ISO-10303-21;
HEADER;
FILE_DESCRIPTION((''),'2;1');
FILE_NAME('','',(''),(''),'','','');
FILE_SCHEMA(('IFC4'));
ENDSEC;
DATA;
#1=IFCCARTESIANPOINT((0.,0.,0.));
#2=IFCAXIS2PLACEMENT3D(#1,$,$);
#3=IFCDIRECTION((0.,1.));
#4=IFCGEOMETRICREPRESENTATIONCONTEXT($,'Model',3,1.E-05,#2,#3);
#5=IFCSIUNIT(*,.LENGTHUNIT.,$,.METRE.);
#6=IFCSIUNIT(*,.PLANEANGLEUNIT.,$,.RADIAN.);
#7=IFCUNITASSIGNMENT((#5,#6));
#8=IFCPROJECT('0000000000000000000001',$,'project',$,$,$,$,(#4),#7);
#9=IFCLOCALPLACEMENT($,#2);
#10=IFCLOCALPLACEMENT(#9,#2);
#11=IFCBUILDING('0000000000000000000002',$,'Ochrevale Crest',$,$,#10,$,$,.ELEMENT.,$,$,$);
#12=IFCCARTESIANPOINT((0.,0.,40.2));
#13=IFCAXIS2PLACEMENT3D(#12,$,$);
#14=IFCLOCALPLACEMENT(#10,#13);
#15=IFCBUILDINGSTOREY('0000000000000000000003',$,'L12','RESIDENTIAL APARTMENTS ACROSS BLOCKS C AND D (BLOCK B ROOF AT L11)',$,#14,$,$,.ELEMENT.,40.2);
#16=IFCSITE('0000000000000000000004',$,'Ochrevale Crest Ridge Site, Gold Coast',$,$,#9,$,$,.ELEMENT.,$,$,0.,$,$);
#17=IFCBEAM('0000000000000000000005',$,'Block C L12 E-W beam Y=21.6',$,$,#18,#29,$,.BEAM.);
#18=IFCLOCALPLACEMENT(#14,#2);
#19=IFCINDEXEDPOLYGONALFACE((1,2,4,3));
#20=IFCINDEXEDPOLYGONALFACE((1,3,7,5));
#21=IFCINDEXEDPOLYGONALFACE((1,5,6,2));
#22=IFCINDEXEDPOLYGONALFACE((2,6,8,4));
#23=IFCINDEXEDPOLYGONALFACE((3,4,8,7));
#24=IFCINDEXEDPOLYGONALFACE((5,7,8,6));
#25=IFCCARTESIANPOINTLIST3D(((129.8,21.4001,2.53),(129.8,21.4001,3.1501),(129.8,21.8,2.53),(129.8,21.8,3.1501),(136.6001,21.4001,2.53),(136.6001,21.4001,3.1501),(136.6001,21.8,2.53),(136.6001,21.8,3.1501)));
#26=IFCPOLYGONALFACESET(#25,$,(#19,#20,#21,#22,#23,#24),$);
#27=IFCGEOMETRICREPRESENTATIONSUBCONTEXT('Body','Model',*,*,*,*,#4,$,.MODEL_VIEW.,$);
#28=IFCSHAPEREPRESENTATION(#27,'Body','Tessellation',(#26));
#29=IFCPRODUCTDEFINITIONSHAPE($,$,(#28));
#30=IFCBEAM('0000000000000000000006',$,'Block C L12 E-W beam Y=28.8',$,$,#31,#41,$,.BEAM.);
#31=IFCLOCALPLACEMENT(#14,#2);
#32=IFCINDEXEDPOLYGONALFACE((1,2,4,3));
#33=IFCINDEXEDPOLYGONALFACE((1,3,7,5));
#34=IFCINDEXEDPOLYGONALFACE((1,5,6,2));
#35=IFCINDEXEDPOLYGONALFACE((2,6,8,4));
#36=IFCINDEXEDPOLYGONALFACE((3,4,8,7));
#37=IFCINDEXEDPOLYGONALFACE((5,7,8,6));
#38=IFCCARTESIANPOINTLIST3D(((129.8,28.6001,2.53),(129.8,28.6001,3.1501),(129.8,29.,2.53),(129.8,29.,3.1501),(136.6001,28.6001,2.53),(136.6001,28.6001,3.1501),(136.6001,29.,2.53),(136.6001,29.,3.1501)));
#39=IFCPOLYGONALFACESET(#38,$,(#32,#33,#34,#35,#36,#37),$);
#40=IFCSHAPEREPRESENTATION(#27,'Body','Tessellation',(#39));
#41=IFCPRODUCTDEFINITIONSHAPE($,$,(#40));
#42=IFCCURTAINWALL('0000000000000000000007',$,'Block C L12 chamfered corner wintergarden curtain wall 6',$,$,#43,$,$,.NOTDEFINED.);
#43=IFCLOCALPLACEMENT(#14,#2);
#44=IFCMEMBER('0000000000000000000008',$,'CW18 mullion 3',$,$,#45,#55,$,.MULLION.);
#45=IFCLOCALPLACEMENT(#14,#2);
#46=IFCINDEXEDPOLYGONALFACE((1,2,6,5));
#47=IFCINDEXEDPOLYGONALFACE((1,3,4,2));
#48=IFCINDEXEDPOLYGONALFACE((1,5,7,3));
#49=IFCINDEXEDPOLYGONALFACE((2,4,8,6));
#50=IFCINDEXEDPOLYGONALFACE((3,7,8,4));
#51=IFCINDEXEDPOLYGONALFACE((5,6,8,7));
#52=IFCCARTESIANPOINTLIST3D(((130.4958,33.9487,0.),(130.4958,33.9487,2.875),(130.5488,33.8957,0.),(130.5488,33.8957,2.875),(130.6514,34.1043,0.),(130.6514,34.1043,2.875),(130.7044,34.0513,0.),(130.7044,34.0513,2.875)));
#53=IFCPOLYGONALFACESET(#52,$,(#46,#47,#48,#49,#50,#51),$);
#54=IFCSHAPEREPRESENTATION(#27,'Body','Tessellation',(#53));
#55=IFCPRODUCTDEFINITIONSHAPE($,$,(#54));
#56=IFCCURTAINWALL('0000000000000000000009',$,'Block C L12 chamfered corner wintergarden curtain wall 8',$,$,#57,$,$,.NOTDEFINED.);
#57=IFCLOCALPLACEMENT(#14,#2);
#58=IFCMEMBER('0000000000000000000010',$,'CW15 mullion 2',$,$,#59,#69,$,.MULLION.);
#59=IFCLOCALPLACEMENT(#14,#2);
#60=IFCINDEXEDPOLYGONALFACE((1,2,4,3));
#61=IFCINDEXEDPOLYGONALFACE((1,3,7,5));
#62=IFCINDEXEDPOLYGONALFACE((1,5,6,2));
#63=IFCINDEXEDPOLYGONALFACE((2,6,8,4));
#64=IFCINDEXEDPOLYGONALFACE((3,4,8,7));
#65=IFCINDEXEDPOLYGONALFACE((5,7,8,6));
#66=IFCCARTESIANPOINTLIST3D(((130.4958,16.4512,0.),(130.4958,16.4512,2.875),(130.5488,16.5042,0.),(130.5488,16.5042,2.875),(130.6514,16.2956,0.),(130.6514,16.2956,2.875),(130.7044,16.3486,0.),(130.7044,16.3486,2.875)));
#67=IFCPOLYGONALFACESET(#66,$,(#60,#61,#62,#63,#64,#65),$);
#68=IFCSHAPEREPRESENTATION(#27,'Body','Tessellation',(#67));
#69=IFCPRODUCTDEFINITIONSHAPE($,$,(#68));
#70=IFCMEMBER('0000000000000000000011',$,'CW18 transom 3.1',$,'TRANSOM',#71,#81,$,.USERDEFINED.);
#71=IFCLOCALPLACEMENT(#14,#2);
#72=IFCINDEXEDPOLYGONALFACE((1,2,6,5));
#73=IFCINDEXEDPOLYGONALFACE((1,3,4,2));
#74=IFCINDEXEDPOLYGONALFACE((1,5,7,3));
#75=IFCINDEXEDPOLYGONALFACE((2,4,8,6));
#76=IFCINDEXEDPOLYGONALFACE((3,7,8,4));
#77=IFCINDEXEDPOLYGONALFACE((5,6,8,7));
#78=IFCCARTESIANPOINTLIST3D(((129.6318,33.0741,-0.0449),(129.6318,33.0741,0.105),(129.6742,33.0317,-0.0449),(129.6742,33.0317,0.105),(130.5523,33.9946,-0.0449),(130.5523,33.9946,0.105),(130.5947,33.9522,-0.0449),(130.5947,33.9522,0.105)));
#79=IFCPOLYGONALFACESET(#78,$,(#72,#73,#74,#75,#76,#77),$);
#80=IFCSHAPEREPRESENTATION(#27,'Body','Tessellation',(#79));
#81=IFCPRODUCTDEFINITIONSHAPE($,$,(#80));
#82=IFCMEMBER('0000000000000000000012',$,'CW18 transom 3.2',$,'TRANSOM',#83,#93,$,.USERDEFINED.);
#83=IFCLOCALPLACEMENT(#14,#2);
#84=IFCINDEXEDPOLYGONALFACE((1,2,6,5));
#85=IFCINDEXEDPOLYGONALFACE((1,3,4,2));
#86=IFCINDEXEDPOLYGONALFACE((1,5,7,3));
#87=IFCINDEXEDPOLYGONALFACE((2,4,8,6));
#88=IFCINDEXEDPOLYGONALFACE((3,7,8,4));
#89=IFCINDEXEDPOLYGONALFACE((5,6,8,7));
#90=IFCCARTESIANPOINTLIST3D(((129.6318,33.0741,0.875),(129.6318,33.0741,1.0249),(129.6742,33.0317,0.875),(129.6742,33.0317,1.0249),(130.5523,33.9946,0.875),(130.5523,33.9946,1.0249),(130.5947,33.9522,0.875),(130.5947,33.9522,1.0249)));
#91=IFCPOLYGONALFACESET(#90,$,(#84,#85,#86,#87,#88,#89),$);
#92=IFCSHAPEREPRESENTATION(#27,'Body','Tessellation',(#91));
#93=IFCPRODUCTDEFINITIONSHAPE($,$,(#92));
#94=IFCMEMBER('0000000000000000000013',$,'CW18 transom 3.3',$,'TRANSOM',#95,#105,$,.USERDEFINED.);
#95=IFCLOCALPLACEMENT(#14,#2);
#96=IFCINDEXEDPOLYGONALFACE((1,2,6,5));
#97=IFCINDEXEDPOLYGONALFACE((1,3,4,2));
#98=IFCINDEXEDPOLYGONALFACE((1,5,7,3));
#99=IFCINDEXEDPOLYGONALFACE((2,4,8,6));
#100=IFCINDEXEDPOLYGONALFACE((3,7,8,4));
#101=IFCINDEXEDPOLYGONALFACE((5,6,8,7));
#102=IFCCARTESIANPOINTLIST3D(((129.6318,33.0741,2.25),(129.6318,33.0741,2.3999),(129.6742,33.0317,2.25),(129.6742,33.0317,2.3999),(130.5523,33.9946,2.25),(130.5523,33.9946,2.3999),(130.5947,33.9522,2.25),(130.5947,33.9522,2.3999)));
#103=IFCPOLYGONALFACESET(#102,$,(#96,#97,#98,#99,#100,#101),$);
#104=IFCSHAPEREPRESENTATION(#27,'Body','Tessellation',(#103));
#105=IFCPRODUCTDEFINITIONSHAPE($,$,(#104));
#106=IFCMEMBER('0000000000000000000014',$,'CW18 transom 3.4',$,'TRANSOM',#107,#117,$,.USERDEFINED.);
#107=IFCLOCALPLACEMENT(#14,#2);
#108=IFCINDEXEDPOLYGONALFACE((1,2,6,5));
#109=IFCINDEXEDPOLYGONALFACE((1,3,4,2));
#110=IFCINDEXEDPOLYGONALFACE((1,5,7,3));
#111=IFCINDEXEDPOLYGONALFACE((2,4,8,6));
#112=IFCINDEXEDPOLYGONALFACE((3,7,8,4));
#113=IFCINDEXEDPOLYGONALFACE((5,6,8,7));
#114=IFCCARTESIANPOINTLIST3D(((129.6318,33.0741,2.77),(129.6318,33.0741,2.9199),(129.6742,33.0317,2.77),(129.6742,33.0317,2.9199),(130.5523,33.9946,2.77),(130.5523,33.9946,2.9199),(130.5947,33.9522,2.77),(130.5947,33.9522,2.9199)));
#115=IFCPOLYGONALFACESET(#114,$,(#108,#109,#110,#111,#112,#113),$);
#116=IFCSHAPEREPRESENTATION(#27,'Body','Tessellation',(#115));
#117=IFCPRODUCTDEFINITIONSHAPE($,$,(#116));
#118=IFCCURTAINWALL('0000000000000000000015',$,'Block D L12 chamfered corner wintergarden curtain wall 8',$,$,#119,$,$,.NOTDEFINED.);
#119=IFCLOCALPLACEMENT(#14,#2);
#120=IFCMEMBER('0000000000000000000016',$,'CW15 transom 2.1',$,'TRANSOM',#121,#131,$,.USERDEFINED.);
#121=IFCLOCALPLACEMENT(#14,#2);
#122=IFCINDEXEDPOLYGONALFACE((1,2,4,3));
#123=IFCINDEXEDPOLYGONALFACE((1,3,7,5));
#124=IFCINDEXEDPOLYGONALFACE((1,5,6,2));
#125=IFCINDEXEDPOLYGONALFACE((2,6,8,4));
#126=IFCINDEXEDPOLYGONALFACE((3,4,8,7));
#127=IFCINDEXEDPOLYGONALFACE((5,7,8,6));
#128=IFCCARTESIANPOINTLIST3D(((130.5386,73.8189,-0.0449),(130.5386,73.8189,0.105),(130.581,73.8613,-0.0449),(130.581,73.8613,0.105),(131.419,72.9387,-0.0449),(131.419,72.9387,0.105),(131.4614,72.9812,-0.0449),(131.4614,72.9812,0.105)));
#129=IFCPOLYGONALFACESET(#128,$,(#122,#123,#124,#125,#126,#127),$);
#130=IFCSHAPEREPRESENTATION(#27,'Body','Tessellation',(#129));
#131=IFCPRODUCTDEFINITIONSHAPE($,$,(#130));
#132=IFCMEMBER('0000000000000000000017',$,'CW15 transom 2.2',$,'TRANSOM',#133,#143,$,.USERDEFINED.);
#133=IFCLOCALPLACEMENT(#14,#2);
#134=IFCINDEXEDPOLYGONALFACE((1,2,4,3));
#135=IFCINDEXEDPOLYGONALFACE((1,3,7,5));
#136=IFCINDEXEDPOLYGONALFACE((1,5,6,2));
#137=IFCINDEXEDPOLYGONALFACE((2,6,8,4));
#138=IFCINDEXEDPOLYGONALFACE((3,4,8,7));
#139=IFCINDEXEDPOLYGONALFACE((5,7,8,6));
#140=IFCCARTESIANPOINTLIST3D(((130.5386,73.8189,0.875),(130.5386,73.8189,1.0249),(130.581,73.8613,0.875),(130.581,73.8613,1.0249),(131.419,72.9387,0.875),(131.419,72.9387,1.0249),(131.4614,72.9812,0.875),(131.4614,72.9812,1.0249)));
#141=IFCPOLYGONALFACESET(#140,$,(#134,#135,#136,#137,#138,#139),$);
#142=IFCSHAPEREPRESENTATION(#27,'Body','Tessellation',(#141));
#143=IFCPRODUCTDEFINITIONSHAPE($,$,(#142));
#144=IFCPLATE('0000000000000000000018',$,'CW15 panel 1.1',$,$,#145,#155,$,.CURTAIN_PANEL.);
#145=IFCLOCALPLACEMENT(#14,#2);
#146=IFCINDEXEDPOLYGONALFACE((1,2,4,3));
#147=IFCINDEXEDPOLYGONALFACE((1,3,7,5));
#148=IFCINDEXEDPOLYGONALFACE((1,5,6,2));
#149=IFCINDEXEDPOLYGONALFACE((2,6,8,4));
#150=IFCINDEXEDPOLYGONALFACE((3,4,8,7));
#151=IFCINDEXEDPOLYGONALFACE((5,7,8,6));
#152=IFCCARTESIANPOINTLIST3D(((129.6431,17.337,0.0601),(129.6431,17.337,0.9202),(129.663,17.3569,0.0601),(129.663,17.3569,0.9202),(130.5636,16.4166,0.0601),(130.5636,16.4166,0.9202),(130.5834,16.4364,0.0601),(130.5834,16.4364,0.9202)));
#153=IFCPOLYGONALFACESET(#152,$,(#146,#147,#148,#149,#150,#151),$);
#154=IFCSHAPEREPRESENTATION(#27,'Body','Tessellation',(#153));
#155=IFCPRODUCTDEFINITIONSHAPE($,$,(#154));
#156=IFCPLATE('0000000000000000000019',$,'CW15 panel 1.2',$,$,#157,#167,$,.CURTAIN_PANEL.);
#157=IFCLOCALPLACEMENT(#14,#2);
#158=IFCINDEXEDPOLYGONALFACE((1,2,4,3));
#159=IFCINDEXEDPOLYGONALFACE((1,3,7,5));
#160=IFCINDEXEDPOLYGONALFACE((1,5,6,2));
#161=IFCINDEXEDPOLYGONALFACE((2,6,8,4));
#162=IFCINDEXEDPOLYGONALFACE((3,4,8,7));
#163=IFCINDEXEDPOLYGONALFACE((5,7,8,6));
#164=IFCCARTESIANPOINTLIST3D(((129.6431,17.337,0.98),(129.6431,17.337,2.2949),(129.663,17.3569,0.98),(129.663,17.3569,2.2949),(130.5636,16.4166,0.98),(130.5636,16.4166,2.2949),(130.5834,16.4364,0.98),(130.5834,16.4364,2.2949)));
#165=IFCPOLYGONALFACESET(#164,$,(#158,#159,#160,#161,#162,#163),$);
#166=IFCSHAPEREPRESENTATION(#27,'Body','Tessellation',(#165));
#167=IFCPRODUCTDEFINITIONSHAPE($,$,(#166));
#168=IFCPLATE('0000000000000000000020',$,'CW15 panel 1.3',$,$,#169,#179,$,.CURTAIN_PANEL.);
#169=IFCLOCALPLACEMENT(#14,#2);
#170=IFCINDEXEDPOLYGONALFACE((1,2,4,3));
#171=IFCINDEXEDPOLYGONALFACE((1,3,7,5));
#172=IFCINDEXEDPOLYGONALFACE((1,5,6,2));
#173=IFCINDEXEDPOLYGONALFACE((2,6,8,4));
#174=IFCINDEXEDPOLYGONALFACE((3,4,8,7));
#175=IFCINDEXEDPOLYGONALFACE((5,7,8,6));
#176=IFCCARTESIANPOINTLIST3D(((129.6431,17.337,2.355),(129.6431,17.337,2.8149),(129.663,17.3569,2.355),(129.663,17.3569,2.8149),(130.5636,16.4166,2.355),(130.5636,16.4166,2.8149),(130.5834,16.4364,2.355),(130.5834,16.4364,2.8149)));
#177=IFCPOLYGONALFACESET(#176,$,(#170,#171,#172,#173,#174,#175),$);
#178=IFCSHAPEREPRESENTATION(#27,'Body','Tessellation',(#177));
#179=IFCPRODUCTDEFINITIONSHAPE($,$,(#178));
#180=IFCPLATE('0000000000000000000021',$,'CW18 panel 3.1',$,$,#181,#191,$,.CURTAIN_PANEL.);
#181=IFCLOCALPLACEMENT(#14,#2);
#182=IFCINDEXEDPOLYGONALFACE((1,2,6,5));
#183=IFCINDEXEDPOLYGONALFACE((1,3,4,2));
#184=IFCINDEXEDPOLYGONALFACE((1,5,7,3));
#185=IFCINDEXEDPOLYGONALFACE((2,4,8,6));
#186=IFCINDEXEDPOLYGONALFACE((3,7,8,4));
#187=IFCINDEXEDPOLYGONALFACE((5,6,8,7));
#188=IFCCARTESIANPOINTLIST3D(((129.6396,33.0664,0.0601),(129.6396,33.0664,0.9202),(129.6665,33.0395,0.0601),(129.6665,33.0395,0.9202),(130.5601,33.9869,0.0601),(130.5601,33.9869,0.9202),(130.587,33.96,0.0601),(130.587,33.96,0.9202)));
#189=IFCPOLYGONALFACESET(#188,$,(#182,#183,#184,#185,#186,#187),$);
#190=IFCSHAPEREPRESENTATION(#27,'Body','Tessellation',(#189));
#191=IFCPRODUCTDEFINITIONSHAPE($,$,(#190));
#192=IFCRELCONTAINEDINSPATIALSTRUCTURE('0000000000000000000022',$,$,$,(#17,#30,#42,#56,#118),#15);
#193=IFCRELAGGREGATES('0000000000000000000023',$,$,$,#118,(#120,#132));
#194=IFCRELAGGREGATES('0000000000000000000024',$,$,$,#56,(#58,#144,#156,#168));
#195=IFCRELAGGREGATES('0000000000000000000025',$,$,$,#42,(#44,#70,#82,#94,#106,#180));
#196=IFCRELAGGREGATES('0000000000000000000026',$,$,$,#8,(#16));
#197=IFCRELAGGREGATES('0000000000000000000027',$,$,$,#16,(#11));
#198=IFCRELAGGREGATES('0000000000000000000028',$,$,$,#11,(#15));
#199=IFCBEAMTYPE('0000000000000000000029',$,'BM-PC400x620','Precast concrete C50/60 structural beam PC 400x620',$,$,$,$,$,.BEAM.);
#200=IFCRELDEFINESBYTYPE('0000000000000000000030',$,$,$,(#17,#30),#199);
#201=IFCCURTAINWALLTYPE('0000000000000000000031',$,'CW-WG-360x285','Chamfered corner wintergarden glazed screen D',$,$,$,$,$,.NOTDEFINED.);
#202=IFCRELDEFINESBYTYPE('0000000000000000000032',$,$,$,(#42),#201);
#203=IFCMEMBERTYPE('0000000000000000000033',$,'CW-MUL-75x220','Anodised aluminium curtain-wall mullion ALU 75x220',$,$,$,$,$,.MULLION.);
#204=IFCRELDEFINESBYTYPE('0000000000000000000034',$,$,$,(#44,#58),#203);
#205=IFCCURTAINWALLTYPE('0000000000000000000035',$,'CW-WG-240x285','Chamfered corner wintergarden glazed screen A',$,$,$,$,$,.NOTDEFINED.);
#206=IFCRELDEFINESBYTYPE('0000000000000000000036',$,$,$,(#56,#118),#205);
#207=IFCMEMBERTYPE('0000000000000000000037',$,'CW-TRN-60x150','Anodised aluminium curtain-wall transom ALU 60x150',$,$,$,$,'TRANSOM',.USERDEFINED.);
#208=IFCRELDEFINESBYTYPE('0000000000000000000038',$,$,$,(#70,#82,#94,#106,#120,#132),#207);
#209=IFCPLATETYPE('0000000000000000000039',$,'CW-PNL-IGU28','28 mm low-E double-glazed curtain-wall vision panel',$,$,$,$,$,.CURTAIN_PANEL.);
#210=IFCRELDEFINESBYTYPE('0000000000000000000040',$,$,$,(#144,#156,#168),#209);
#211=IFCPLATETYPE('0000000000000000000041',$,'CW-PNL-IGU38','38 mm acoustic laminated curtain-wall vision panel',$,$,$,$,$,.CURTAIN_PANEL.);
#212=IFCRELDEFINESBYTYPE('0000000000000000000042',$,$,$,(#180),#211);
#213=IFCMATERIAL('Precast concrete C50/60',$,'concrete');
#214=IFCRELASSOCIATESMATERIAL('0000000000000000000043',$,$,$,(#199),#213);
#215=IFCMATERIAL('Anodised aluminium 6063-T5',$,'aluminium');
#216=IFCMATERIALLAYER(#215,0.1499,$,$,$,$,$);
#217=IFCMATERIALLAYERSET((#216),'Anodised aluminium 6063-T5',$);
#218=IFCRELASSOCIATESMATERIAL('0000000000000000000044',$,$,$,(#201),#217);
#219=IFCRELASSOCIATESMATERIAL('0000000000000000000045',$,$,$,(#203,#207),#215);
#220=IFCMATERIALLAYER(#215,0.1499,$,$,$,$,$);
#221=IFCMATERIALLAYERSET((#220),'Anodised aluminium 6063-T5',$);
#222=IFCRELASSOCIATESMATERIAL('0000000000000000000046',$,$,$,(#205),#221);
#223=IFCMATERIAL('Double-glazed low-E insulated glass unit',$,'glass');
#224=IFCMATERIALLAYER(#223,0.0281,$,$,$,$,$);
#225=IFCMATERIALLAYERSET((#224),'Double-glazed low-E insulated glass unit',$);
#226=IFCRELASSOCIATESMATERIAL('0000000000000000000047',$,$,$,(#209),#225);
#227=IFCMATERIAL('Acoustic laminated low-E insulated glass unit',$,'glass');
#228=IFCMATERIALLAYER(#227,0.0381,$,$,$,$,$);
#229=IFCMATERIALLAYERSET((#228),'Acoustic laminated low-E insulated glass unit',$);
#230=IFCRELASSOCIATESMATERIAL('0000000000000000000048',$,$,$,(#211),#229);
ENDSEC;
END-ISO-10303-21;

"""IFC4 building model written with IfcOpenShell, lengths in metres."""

from ifc_helpers import new_model, si_unit, direction, frame, origin, origin_2d, place, context, subcontext, project, spatial, rectangle, extrude, material, layer, layer_set, material_profile, profile_set, type_object, element, aggregate, save


model = new_model("IFC4")

# Units and contexts
model_context = context("Model", 3, precision=1e-05, world=origin(), true_north=direction((0.0, 1.0)))
body_context = subcontext(model_context, "Body", "Model", "MODEL_VIEW")
ifc_project = project(units=[si_unit("LENGTHUNIT", "METRE"), si_unit("PLANEANGLEUNIT", "RADIAN")], contexts=[model_context])

# Site, building, storey
site_placement = place(None, origin())
site = spatial("IfcSite", under=ifc_project, at=site_placement, Name="Ochrevale Crest Ridge Site, Gold Coast", CompositionType="ELEMENT", RefElevation=0.0)
building_placement = place(site_placement, origin())
building = spatial("IfcBuilding", under=site, at=building_placement, Name="Ochrevale Crest", CompositionType="ELEMENT")
storey_placement = place(building_placement, frame((0.0, 0.0, 40.2)))
storey = spatial("IfcBuildingStorey", under=building, at=storey_placement, Name="L12", Description="RESIDENTIAL APARTMENTS ACROSS BLOCKS C AND D (BLOCK B ROOF AT L11)", CompositionType="ELEMENT", Elevation=40.2)

# Beams
ifc_material_1 = material(Name="Precast concrete C50/60", Category="concrete")
ifc_material_profile_1 = material_profile(ifc_material_1, rectangle(XDim=0.3999, YDim=0.6201, at=origin_2d()), Name="PC 400x620")
ifc_profile_set_1 = profile_set([ifc_material_profile_1], Name="Precast concrete C50/60")
beam_type = type_object("IfcBeamType", Name="BM-PC400x620", Description="Precast concrete C50/60 structural beam PC 400x620", PredefinedType="BEAM", material=ifc_profile_set_1)
for number, where, z_axis, x_axis, name in (
    (1, (129.8, 21.6001, 2.8401), (1.0, 0.0, 0.0), (0.0, 1.0, 0.0), "Block C L12 E-W beam Y=21.6"),
    (2, (129.8, 28.8, 2.8401), (1.0, 0.0, 0.0), (0.0, 1.0, 0.0), "Block C L12 E-W beam Y=28.8"),
):
    element("IfcBeam", number, at=place(storey_placement, frame(where, z_axis=z_axis, x_axis=x_axis)), inside=storey, type_object=beam_type, Name=name, PredefinedType="BEAM", context=body_context, shape_type="SweptSolid", body=[
        extrude(rectangle(XDim=0.3999, YDim=0.6201, at=origin_2d()), origin(), (0.0, 0.0, 1.0), 6.8),
    ])

# Curtain walls, members
ifc_material_2 = material(Name="Anodised aluminium 6063-T5", Category="aluminium")
ifc_layer_1 = layer(ifc_material_2, 0.1499)
ifc_layer_set_1 = layer_set([ifc_layer_1], Name="Anodised aluminium 6063-T5")
curtain_wall_type_1 = type_object("IfcCurtainWallType", Name="CW-WG-360x285", Description="Chamfered corner wintergarden glazed screen D", PredefinedType="NOTDEFINED", material=ifc_layer_set_1)
curtain_wall_1_placement = place(storey_placement, origin())
curtain_wall_1 = element("IfcCurtainWall", 3, at=curtain_wall_1_placement, inside=storey, type_object=curtain_wall_type_1, Name="Block C L12 chamfered corner wintergarden curtain wall 6", PredefinedType="NOTDEFINED")
ifc_material_profile_2 = material_profile(ifc_material_2, rectangle(XDim=0.075, YDim=0.22, at=origin_2d()), Name="ALU 75x220")
ifc_profile_set_2 = profile_set([ifc_material_profile_2], Name="Anodised aluminium 6063-T5")
member_type_1 = type_object("IfcMemberType", Name="CW-MUL-75x220", Description="Anodised aluminium curtain-wall mullion ALU 75x220", PredefinedType="MULLION", material=ifc_profile_set_2)
member_1_placement = place(storey_placement, frame((130.6001, 34.0, 0.0), z_axis=(0.0, 0.0, 1.0), x_axis=(0.707107, -0.707107, 0.0)))
member_1 = element("IfcMember", 4, at=member_1_placement, type_object=member_type_1, Name="CW18 mullion 3", PredefinedType="MULLION", context=body_context, shape_type="SweptSolid", body=[
    extrude(rectangle(XDim=0.075, YDim=0.22, at=origin_2d()), origin(), (0.0, 0.0, 1.0), 2.875),
])
ifc_layer_2 = layer(ifc_material_2, 0.1499)
ifc_layer_set_2 = layer_set([ifc_layer_2], Name="Anodised aluminium 6063-T5")
curtain_wall_type_2 = type_object("IfcCurtainWallType", Name="CW-WG-240x285", Description="Chamfered corner wintergarden glazed screen A", PredefinedType="NOTDEFINED", material=ifc_layer_set_2)
curtain_wall_2_placement = place(storey_placement, origin())
curtain_wall_2 = element("IfcCurtainWall", 5, at=curtain_wall_2_placement, inside=storey, type_object=curtain_wall_type_2, Name="Block C L12 chamfered corner wintergarden curtain wall 8", PredefinedType="NOTDEFINED")
member_2_placement = place(storey_placement, frame((130.6001, 16.3999, 0.0), z_axis=(0.0, 0.0, 1.0), x_axis=(0.707107, 0.707107, 0.0)))
member_2 = element("IfcMember", 6, at=member_2_placement, type_object=member_type_1, Name="CW15 mullion 2", PredefinedType="MULLION", context=body_context, shape_type="SweptSolid", body=[
    extrude(rectangle(XDim=0.075, YDim=0.22, at=origin_2d()), origin(), (0.0, 0.0, 1.0), 2.875),
])

# Members
ifc_material_profile_3 = material_profile(ifc_material_2, rectangle(XDim=0.0601, YDim=0.1499, at=origin_2d()), Name="ALU 60x150")
ifc_profile_set_3 = profile_set([ifc_material_profile_3], Name="Anodised aluminium 6063-T5")
member_type_2 = type_object("IfcMemberType", Name="CW-TRN-60x150", Description="Anodised aluminium curtain-wall transom ALU 60x150", ElementType="TRANSOM", PredefinedType="USERDEFINED", material=ifc_profile_set_3)
member_3_placement = place(storey_placement, frame((130.5735, 33.9734, 0.03), z_axis=(-0.707107, -0.707107, 0.0), x_axis=(0.707107, -0.707107, 0.0)))
member_3 = element("IfcMember", 7, at=member_3_placement, type_object=member_type_2, Name="CW18 transom 3.1", ObjectType="TRANSOM", PredefinedType="USERDEFINED", context=body_context, shape_type="SweptSolid", body=[
    extrude(rectangle(XDim=0.0601, YDim=0.1499, at=origin_2d()), origin(), (0.0, 0.0, 1.0), 1.3018),
])
member_4_placement = place(storey_placement, frame((130.5735, 33.9734, 0.95), z_axis=(-0.707107, -0.707107, 0.0), x_axis=(0.707107, -0.707107, 0.0)))
member_4 = element("IfcMember", 8, at=member_4_placement, type_object=member_type_2, Name="CW18 transom 3.2", ObjectType="TRANSOM", PredefinedType="USERDEFINED", context=body_context, shape_type="SweptSolid", body=[
    extrude(rectangle(XDim=0.0601, YDim=0.1499, at=origin_2d()), origin(), (0.0, 0.0, 1.0), 1.3018),
])
member_5_placement = place(storey_placement, frame((130.5735, 33.9734, 2.325), z_axis=(-0.707107, -0.707107, 0.0), x_axis=(0.707107, -0.707107, 0.0)))
member_5 = element("IfcMember", 9, at=member_5_placement, type_object=member_type_2, Name="CW18 transom 3.3", ObjectType="TRANSOM", PredefinedType="USERDEFINED", context=body_context, shape_type="SweptSolid", body=[
    extrude(rectangle(XDim=0.0601, YDim=0.1499, at=origin_2d()), origin(), (0.0, 0.0, 1.0), 1.3018),
])
member_6_placement = place(storey_placement, frame((130.5735, 33.9734, 2.845), z_axis=(-0.707107, -0.707107, 0.0), x_axis=(0.707107, -0.707107, 0.0)))
member_6 = element("IfcMember", 10, at=member_6_placement, type_object=member_type_2, Name="CW18 transom 3.4", ObjectType="TRANSOM", PredefinedType="USERDEFINED", context=body_context, shape_type="SweptSolid", body=[
    extrude(rectangle(XDim=0.0601, YDim=0.1499, at=origin_2d()), origin(), (0.0, 0.0, 1.0), 1.3018),
])

# Curtain wall, members
curtain_wall_3_placement = place(storey_placement, origin())
curtain_wall_3 = element("IfcCurtainWall", 11, at=curtain_wall_3_placement, inside=storey, type_object=curtain_wall_type_2, Name="Block D L12 chamfered corner wintergarden curtain wall 8", PredefinedType="NOTDEFINED")
member_7_placement = place(storey_placement, frame((130.5598, 73.8401, 0.03), z_axis=(0.707205, -0.707009, 0.0), x_axis=(0.707009, 0.707205, 0.0)))
member_7 = element("IfcMember", 12, at=member_7_placement, type_object=member_type_2, Name="CW15 transom 2.1", ObjectType="TRANSOM", PredefinedType="USERDEFINED", context=body_context, shape_type="SweptSolid", body=[
    extrude(rectangle(XDim=0.0601, YDim=0.1499, at=origin_2d()), origin(), (0.0, 0.0, 1.0), 1.2449),
])
member_8_placement = place(storey_placement, frame((130.5598, 73.8401, 0.95), z_axis=(0.707205, -0.707009, 0.0), x_axis=(0.707009, 0.707205, 0.0)))
member_8 = element("IfcMember", 13, at=member_8_placement, type_object=member_type_2, Name="CW15 transom 2.2", ObjectType="TRANSOM", PredefinedType="USERDEFINED", context=body_context, shape_type="SweptSolid", body=[
    extrude(rectangle(XDim=0.0601, YDim=0.1499, at=origin_2d()), origin(), (0.0, 0.0, 1.0), 1.2449),
])
aggregate(curtain_wall_3, [member_7, member_8])

# Plates
ifc_material_3 = material(Name="Double-glazed low-E insulated glass unit", Category="glass")
ifc_layer_3 = layer(ifc_material_3, 0.0281)
ifc_layer_set_3 = layer_set([ifc_layer_3], Name="Double-glazed low-E insulated glass unit")
plate_type_1 = type_object("IfcPlateType", Name="CW-PNL-IGU28", Description="28 mm low-E double-glazed curtain-wall vision panel", PredefinedType="CURTAIN_PANEL", material=ifc_layer_set_3)
plate_1_placement = place(storey_placement, frame((130.1133, 16.8867, 0.0601), z_axis=(0.0, 0.0, 1.0), x_axis=(0.707107, -0.707107, 0.0)))
plate_1 = element("IfcPlate", 14, at=plate_1_placement, type_object=plate_type_1, Name="CW15 panel 1.1", PredefinedType="CURTAIN_PANEL", context=body_context, shape_type="SweptSolid", body=[
    extrude(rectangle(XDim=1.3018, YDim=0.0281, at=origin_2d()), origin(), (0.0, 0.0, 1.0), 0.8601),
])
plate_2_placement = place(storey_placement, frame((130.1133, 16.8867, 0.98), z_axis=(0.0, 0.0, 1.0), x_axis=(0.707107, -0.707107, 0.0)))
plate_2 = element("IfcPlate", 15, at=plate_2_placement, type_object=plate_type_1, Name="CW15 panel 1.2", PredefinedType="CURTAIN_PANEL", context=body_context, shape_type="SweptSolid", body=[
    extrude(rectangle(XDim=1.3018, YDim=0.0281, at=origin_2d()), origin(), (0.0, 0.0, 1.0), 1.3149),
])
plate_3_placement = place(storey_placement, frame((130.1133, 16.8867, 2.355), z_axis=(0.0, 0.0, 1.0), x_axis=(0.707107, -0.707107, 0.0)))
plate_3 = element("IfcPlate", 16, at=plate_3_placement, type_object=plate_type_1, Name="CW15 panel 1.3", PredefinedType="CURTAIN_PANEL", context=body_context, shape_type="SweptSolid", body=[
    extrude(rectangle(XDim=1.3018, YDim=0.0281, at=origin_2d()), origin(), (0.0, 0.0, 1.0), 0.46),
])
aggregate(curtain_wall_2, [member_2, plate_1, plate_2, plate_3])
ifc_material_4 = material(Name="Acoustic laminated low-E insulated glass unit", Category="glass")
ifc_layer_4 = layer(ifc_material_4, 0.0381)
ifc_layer_set_4 = layer_set([ifc_layer_4], Name="Acoustic laminated low-E insulated glass unit")
plate_type_2 = type_object("IfcPlateType", Name="CW-PNL-IGU38", Description="38 mm acoustic laminated curtain-wall vision panel", PredefinedType="CURTAIN_PANEL", material=ifc_layer_set_4)
plate_4_placement = place(storey_placement, frame((130.1133, 33.5132, 0.0601), z_axis=(0.0, 0.0, 1.0), x_axis=(-0.707107, -0.707107, 0.0)))
plate_4 = element("IfcPlate", 17, at=plate_4_placement, type_object=plate_type_2, Name="CW18 panel 3.1", PredefinedType="CURTAIN_PANEL", context=body_context, shape_type="SweptSolid", body=[
    extrude(rectangle(XDim=1.3018, YDim=0.0381, at=origin_2d()), origin(), (0.0, 0.0, 1.0), 0.8601),
])
aggregate(curtain_wall_1, [member_1, member_3, member_4, member_5, member_6, plate_4])

save(model, "model.ifc")
